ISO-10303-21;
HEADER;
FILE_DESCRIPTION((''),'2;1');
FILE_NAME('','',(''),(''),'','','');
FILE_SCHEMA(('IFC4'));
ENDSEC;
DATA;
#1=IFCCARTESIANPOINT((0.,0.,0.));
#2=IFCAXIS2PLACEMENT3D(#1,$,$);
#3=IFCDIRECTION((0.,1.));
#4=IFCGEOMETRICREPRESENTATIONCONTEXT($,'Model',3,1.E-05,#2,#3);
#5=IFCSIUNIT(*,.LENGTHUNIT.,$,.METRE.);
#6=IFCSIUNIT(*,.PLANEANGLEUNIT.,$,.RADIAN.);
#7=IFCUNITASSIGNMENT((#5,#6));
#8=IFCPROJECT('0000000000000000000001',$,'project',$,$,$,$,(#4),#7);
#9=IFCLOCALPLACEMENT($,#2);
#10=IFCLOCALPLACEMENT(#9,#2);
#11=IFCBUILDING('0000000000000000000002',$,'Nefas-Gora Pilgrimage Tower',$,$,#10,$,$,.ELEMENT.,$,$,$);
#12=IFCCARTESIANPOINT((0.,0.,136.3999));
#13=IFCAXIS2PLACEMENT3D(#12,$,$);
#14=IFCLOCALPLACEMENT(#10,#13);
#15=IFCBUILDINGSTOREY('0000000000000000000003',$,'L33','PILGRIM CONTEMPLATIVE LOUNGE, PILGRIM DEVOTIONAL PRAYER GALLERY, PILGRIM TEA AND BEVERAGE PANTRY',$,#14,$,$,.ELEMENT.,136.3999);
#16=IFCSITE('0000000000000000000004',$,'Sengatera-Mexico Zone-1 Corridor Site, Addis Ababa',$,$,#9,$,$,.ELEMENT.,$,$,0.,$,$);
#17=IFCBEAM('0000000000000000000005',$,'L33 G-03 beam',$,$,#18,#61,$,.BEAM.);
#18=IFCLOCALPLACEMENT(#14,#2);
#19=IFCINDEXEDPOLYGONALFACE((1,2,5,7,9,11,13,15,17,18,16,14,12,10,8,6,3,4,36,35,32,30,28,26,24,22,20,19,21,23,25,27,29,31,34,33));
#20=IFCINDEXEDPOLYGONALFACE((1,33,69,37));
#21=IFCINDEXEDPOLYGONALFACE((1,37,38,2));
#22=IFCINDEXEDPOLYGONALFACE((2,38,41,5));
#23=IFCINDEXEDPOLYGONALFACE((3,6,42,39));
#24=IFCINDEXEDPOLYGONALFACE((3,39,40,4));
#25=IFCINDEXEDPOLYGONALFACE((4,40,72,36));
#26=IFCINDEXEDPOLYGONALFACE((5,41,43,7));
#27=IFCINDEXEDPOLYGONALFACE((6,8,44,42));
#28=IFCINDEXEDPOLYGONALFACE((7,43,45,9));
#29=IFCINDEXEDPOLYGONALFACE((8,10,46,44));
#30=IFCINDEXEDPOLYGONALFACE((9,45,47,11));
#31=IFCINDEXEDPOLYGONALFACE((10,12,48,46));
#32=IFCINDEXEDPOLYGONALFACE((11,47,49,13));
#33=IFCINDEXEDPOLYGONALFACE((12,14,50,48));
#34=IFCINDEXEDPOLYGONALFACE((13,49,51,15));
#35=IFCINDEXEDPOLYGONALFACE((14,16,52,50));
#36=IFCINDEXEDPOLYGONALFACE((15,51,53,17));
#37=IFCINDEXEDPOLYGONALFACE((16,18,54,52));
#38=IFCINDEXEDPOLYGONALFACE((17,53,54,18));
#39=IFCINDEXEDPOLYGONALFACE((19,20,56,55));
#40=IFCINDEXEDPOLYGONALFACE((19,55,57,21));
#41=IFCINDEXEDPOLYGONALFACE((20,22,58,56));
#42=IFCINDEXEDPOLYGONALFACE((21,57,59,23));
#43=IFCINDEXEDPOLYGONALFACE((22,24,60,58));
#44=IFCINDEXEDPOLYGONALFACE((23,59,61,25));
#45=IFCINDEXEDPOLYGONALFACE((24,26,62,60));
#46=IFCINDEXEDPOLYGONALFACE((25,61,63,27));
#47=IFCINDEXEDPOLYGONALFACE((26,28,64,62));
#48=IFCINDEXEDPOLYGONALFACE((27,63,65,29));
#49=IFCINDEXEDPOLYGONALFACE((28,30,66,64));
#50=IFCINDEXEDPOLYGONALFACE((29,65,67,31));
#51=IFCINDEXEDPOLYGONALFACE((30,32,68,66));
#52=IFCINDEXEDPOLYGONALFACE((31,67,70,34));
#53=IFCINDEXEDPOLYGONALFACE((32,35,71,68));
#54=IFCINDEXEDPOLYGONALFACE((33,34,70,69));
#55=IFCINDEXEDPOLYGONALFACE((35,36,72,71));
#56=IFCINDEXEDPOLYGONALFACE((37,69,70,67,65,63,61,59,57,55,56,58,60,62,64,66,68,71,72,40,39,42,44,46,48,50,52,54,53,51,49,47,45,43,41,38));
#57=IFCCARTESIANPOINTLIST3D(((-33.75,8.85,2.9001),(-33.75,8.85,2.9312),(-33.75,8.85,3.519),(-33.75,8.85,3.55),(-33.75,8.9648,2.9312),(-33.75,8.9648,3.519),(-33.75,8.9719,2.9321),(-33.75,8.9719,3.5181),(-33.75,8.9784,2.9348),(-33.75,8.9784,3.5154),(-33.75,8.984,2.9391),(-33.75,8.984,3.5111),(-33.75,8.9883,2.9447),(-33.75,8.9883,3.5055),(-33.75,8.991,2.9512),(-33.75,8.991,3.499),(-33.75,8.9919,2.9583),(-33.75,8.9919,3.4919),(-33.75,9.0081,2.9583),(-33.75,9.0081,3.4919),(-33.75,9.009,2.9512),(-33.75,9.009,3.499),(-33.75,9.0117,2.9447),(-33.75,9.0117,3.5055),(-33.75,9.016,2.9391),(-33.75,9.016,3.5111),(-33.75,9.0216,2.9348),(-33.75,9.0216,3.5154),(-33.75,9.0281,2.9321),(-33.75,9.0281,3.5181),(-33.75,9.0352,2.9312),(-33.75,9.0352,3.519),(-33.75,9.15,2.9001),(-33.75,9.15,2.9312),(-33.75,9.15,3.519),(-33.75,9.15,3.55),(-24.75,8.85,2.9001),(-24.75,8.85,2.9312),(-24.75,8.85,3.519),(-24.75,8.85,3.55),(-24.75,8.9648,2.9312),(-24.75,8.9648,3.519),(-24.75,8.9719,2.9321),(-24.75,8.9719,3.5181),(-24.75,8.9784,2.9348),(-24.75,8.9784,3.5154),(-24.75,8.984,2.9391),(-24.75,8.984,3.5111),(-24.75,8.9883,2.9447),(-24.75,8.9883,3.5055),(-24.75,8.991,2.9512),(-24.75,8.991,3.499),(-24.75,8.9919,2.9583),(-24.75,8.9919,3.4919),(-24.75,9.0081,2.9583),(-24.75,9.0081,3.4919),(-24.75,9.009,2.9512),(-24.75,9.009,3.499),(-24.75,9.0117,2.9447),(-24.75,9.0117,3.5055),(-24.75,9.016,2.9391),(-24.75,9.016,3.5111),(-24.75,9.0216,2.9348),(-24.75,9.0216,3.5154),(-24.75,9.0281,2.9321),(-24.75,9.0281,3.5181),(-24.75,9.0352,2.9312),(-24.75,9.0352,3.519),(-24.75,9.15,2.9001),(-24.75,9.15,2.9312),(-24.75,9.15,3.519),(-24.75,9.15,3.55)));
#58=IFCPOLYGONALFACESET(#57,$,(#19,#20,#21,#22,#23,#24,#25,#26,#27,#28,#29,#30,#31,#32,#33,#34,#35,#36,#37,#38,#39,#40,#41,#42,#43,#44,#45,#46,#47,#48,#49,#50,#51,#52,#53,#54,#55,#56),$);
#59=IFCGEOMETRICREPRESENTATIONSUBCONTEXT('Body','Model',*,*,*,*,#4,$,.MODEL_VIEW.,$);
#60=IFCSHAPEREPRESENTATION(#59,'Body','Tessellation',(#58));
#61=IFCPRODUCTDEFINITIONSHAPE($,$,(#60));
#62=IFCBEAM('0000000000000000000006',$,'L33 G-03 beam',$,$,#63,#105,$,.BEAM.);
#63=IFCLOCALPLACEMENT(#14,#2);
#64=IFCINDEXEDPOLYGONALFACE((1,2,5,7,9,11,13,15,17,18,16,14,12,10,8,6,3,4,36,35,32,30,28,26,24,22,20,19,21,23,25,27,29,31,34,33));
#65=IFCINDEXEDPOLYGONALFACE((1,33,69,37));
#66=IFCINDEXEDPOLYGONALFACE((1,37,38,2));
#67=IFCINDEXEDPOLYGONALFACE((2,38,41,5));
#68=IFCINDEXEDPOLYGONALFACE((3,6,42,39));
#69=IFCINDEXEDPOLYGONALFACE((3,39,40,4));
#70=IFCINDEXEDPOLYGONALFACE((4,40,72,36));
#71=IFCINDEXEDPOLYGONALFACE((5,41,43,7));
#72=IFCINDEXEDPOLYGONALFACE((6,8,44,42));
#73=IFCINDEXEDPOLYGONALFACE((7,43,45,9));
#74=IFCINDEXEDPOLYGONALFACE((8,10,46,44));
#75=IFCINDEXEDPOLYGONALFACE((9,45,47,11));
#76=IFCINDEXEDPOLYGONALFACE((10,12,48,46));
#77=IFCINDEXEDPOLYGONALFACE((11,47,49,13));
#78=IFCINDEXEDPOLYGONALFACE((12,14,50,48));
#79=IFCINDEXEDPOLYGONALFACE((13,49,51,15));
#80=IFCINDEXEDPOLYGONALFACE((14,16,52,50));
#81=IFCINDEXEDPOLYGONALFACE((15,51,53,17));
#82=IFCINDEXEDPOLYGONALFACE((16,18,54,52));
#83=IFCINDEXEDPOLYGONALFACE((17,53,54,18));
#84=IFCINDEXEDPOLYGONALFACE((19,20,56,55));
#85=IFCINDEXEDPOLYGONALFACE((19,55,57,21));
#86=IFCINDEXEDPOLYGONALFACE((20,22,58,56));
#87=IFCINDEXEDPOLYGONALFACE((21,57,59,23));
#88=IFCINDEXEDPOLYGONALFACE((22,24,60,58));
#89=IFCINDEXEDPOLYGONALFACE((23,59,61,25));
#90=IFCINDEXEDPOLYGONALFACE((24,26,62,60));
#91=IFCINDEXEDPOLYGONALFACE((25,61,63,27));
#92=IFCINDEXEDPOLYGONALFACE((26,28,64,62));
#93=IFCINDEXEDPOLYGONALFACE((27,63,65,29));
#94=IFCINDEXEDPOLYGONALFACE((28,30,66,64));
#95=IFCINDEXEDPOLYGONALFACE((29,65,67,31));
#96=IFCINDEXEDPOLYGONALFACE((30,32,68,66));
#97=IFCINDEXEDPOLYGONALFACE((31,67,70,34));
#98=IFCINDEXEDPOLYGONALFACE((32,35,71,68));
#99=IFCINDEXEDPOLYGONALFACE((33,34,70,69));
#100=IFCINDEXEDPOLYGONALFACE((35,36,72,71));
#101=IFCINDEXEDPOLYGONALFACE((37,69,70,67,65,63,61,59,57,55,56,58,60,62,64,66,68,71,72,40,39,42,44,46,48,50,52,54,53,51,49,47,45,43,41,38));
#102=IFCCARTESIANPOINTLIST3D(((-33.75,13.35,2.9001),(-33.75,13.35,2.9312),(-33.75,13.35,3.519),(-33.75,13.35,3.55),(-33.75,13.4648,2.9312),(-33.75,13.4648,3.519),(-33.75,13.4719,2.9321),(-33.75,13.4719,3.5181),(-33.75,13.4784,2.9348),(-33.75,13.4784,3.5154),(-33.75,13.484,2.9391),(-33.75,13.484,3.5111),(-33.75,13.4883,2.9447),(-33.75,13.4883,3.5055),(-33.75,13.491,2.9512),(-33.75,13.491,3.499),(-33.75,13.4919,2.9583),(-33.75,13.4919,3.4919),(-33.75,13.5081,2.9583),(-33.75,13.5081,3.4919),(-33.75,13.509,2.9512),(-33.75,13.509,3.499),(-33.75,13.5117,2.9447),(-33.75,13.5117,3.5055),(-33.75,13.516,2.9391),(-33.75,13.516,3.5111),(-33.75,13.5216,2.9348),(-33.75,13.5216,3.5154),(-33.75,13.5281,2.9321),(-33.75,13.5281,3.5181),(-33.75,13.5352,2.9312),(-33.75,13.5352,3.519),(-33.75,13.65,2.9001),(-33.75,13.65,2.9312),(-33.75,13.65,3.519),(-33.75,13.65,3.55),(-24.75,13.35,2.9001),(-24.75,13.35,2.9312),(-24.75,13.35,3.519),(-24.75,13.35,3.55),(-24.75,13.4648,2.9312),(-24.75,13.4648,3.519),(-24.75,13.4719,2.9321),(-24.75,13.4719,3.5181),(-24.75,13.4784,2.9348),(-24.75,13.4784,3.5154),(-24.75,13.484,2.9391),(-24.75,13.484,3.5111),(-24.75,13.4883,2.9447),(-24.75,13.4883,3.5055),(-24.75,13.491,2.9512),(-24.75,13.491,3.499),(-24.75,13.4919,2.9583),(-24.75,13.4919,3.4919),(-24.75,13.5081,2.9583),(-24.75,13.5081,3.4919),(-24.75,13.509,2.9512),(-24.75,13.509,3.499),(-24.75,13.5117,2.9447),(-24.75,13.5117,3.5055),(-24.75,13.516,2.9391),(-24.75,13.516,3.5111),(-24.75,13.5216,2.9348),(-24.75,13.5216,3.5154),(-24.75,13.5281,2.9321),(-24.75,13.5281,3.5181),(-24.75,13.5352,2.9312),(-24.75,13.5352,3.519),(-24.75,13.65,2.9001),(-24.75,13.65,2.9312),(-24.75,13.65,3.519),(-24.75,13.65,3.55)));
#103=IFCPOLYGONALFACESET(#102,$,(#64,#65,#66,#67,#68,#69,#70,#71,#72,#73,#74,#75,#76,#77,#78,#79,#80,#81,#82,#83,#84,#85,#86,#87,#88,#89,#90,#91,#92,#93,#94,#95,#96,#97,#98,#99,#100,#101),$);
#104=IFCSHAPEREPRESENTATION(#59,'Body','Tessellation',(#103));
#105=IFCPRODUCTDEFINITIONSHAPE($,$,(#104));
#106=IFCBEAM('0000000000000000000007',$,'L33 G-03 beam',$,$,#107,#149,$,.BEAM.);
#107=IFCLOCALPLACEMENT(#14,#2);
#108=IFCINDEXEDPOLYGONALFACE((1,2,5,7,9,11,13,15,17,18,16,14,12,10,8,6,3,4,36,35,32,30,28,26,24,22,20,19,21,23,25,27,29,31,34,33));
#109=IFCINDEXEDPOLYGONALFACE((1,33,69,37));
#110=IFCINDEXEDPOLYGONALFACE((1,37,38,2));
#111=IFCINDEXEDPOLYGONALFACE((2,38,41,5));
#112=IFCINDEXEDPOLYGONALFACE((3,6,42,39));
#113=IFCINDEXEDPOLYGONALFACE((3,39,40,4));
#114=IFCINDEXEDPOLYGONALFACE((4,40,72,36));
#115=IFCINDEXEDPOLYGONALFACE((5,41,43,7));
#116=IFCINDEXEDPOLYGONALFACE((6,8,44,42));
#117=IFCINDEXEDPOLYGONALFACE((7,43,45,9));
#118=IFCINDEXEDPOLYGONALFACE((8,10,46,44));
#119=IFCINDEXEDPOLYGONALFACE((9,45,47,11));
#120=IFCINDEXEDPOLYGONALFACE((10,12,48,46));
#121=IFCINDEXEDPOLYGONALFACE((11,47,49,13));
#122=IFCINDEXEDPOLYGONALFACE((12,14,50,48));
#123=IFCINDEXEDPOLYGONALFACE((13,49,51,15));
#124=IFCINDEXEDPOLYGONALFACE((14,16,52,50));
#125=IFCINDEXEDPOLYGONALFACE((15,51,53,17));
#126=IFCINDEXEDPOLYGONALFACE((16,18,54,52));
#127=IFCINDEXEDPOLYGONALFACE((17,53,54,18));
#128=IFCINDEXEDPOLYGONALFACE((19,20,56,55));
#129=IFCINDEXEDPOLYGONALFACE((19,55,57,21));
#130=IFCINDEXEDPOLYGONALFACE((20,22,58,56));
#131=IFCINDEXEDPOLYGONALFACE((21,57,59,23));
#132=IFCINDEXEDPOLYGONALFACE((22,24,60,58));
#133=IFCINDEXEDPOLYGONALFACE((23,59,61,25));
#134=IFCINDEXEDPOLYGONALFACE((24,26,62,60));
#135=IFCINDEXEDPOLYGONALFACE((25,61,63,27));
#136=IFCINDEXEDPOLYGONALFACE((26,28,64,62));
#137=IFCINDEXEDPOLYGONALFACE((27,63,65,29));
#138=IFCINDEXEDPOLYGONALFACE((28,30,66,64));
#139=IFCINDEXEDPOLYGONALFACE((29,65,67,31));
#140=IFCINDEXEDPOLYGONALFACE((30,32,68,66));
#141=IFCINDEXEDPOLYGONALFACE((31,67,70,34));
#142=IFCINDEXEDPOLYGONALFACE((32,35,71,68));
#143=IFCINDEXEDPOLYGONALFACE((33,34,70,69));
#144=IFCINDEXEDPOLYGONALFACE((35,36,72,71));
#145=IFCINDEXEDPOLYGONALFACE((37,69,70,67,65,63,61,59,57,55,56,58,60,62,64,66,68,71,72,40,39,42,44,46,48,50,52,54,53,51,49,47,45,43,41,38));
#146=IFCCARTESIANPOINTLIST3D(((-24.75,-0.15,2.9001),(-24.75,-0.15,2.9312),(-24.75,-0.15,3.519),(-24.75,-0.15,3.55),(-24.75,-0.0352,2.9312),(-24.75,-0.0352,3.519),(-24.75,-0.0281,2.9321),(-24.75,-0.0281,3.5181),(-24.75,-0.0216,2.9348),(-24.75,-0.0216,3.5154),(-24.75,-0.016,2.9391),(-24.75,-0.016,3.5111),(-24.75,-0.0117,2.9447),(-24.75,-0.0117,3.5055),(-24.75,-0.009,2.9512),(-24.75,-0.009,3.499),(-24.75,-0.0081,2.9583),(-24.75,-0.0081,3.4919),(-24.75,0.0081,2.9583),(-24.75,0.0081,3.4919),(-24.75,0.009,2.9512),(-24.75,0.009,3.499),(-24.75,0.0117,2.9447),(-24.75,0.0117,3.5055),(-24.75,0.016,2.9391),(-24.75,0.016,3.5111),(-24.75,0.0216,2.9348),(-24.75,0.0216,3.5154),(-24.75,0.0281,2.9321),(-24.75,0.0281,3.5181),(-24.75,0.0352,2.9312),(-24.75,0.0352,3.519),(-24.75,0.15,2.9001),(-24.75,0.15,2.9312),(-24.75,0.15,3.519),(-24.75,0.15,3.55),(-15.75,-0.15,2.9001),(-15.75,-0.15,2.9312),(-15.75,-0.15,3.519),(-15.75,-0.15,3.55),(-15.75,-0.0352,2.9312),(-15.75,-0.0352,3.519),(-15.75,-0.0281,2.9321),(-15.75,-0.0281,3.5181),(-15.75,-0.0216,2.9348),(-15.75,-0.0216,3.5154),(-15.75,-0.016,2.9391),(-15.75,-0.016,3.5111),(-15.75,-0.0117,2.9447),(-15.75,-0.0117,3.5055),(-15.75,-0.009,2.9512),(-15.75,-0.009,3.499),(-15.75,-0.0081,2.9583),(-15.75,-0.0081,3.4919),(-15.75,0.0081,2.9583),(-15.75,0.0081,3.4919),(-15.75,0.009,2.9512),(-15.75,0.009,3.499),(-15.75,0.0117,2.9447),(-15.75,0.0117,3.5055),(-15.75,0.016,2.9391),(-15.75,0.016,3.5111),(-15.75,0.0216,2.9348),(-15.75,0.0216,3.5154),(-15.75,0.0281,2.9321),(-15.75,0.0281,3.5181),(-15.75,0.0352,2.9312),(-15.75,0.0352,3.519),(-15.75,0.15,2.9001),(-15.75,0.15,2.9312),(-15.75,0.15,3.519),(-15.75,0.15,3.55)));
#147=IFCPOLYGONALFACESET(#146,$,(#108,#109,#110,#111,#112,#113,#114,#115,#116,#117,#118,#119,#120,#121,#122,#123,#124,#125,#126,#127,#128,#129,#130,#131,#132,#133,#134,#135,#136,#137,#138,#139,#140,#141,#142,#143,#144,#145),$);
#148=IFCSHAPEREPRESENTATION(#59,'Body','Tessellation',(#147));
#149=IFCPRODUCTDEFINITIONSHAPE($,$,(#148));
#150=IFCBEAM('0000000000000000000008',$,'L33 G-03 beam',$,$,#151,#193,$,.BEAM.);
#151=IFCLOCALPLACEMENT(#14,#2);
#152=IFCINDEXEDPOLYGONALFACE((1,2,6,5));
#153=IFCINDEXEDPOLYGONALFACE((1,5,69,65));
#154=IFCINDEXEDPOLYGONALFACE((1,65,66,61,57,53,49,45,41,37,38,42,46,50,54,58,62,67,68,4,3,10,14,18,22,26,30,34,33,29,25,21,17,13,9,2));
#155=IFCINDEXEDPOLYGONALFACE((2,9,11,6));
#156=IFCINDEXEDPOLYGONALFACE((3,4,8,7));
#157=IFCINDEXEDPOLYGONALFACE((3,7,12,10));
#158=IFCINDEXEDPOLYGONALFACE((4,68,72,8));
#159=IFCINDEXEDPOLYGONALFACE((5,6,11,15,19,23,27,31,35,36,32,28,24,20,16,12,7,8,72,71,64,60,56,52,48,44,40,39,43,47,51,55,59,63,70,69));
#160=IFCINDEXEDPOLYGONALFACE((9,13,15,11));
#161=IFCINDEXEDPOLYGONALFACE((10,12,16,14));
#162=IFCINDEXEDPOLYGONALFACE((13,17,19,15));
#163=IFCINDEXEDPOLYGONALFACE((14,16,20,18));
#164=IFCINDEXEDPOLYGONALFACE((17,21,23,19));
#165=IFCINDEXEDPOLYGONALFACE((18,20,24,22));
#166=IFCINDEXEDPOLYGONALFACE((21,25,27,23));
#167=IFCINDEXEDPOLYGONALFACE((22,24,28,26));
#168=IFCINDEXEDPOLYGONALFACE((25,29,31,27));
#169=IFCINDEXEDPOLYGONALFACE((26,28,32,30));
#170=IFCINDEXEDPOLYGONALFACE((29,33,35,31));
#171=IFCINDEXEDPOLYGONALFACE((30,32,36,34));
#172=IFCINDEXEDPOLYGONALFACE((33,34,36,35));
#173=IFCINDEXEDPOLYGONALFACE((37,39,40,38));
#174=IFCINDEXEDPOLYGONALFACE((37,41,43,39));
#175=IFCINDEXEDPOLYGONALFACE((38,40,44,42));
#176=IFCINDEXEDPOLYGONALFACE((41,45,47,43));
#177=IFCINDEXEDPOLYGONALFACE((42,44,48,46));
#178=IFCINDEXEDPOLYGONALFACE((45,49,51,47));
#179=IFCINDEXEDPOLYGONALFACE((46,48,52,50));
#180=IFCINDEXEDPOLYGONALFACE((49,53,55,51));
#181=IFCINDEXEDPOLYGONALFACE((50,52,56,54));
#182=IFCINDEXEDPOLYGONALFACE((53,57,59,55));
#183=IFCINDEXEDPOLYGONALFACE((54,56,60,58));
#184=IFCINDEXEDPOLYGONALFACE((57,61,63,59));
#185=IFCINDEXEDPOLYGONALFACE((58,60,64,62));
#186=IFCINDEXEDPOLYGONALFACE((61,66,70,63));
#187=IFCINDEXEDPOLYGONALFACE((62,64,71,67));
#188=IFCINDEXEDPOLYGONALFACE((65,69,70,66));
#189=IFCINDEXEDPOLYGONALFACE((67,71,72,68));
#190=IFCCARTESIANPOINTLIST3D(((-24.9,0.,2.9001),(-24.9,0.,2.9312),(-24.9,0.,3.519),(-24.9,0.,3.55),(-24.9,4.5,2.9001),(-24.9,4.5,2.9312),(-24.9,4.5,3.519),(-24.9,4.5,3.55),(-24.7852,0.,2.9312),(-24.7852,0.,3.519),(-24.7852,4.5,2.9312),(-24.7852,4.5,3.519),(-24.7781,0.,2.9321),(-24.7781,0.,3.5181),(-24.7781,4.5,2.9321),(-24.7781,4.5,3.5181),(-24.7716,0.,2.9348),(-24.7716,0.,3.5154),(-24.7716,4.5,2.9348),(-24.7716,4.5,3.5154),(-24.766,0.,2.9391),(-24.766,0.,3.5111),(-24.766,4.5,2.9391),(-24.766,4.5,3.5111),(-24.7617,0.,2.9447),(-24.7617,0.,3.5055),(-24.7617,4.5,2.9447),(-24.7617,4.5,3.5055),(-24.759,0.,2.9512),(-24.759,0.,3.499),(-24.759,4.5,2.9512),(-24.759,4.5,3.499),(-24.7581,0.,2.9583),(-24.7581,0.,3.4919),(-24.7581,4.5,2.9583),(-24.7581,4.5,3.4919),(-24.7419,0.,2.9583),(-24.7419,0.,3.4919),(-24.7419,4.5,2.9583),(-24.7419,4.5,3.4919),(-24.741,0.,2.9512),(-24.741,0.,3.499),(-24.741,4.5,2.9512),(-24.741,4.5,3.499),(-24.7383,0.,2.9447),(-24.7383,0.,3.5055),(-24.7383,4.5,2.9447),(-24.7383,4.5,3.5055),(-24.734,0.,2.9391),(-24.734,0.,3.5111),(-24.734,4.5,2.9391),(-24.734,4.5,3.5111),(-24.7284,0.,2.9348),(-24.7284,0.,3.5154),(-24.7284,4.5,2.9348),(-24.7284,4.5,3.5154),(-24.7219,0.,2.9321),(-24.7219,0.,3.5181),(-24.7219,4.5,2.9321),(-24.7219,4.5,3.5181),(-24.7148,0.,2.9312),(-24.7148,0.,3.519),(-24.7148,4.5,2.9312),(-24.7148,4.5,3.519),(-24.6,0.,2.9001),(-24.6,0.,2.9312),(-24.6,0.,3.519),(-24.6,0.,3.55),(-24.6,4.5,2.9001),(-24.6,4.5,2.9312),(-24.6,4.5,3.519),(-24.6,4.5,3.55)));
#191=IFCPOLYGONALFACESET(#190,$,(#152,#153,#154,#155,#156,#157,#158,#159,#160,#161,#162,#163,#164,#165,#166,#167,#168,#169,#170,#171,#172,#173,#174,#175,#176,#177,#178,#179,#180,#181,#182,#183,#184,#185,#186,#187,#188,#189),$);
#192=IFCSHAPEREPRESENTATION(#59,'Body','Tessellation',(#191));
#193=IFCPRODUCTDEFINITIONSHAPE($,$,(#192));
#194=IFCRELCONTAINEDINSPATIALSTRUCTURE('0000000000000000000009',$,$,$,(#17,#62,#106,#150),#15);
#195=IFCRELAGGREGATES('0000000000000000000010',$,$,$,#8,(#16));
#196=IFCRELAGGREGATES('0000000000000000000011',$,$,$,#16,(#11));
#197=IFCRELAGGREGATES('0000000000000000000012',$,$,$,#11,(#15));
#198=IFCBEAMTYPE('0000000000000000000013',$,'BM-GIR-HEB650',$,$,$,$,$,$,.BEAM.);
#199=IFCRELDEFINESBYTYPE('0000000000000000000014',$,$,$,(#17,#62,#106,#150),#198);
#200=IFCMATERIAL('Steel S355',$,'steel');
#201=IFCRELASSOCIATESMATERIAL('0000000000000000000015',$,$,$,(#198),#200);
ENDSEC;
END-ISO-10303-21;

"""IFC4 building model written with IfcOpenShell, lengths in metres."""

from ifc_helpers import new_model, si_unit, direction, frame, origin, origin_2d, place, context, subcontext, project, spatial, i_section, extrude, source, transform, mapped, material, material_profile, profile_set, type_object, element, save


model = new_model("IFC4")

# Units and contexts
model_context = context("Model", 3, precision=1e-05, world=origin(), true_north=direction((0.0, 1.0)))
body_context = subcontext(model_context, "Body", "Model", "MODEL_VIEW")
ifc_project = project(units=[si_unit("LENGTHUNIT", "METRE"), si_unit("PLANEANGLEUNIT", "RADIAN")], contexts=[model_context])

# Site, building, storey
site_placement = place(None, origin())
site = spatial("IfcSite", under=ifc_project, at=site_placement, Name="Sengatera-Mexico Zone-1 Corridor Site, Addis Ababa", CompositionType="ELEMENT", RefElevation=0.0)
building_placement = place(site_placement, origin())
building = spatial("IfcBuilding", under=site, at=building_placement, Name="Nefas-Gora Pilgrimage Tower", CompositionType="ELEMENT")
storey_placement = place(building_placement, frame((0.0, 0.0, 136.3999)))
storey = spatial("IfcBuildingStorey", under=building, at=storey_placement, Name="L33", Description="PILGRIM CONTEMPLATIVE LOUNGE, PILGRIM DEVOTIONAL PRAYER GALLERY, PILGRIM TEA AND BEVERAGE PANTRY", CompositionType="ELEMENT", Elevation=136.3999)

# Beams
ifc_material_1 = material(Name="Steel S355", Category="steel")
ifc_material_profile_1 = material_profile(ifc_material_1, i_section(OverallWidth=0.3, OverallDepth=0.6499, WebThickness=0.0161, FlangeThickness=0.031, FilletRadius=0.0271, at=origin_2d()), Name="HEB 650")
ifc_profile_set_1 = profile_set([ifc_material_profile_1], Name="Steel S355")
beam_type_1 = type_object("IfcBeamType", Name="BM-GIR-HEB650", PredefinedType="BEAM", material=ifc_profile_set_1)
shared_shape_1 = source(origin(), body_context, "Body", "SweptSolid", [
    extrude(i_section(OverallWidth=0.3, OverallDepth=0.6499, WebThickness=0.0161, FlangeThickness=0.031, FilletRadius=0.0271, at=origin_2d()), origin(), (0.0, 0.0, 1.0), 9.0),
])
for number, where, z_axis, x_axis, name in (
    (1, (-33.75, 9.0, 3.2251), (1.0, 0.0, 0.0), (0.0, 1.0, 0.0), "L33 G-03 beam"),
    (2, (-33.75, 13.5, 3.2251), (1.0, 0.0, 0.0), (0.0, 1.0, 0.0), "L33 G-03 beam"),
    (3, (-24.75, 0.0, 3.2251), (1.0, 0.0, 0.0), (0.0, 1.0, 0.0), "L33 G-03 beam"),
):
    element("IfcBeam", number, at=place(storey_placement, frame(where, z_axis=z_axis, x_axis=x_axis)), inside=storey, type_object=beam_type_1, Name=name, PredefinedType="BEAM", context=body_context, shape_type="MappedRepresentation", body=[
        mapped(shared_shape_1, transform((0.0, 0.0, 0.0), x_axis=(1.0, 0.0, 0.0), y_axis=(0.0, 1.0, 0.0), z_axis=(0.0, 0.0, 1.0), scale=1.0)),
    ])
shared_shape_2 = source(origin(), body_context, "Body", "SweptSolid", [
    extrude(i_section(OverallWidth=0.3, OverallDepth=0.6499, WebThickness=0.0161, FlangeThickness=0.031, FilletRadius=0.0271, at=origin_2d()), origin(), (0.0, 0.0, 1.0), 4.5),
])
for number, where, z_axis, x_axis, name in (
    (4, (-24.75, 0.0, 3.2251), (0.0, 1.0, 0.0), (-1.0, 0.0, 0.0), "L33 G-03 beam"),
):
    element("IfcBeam", number, at=place(storey_placement, frame(where, z_axis=z_axis, x_axis=x_axis)), inside=storey, type_object=beam_type_1, Name=name, PredefinedType="BEAM", context=body_context, shape_type="MappedRepresentation", body=[
        mapped(shared_shape_2, transform((0.0, 0.0, 0.0), x_axis=(1.0, 0.0, 0.0), y_axis=(0.0, 1.0, 0.0), z_axis=(0.0, 0.0, 1.0), scale=1.0)),
    ])

save(model, "model.ifc")
